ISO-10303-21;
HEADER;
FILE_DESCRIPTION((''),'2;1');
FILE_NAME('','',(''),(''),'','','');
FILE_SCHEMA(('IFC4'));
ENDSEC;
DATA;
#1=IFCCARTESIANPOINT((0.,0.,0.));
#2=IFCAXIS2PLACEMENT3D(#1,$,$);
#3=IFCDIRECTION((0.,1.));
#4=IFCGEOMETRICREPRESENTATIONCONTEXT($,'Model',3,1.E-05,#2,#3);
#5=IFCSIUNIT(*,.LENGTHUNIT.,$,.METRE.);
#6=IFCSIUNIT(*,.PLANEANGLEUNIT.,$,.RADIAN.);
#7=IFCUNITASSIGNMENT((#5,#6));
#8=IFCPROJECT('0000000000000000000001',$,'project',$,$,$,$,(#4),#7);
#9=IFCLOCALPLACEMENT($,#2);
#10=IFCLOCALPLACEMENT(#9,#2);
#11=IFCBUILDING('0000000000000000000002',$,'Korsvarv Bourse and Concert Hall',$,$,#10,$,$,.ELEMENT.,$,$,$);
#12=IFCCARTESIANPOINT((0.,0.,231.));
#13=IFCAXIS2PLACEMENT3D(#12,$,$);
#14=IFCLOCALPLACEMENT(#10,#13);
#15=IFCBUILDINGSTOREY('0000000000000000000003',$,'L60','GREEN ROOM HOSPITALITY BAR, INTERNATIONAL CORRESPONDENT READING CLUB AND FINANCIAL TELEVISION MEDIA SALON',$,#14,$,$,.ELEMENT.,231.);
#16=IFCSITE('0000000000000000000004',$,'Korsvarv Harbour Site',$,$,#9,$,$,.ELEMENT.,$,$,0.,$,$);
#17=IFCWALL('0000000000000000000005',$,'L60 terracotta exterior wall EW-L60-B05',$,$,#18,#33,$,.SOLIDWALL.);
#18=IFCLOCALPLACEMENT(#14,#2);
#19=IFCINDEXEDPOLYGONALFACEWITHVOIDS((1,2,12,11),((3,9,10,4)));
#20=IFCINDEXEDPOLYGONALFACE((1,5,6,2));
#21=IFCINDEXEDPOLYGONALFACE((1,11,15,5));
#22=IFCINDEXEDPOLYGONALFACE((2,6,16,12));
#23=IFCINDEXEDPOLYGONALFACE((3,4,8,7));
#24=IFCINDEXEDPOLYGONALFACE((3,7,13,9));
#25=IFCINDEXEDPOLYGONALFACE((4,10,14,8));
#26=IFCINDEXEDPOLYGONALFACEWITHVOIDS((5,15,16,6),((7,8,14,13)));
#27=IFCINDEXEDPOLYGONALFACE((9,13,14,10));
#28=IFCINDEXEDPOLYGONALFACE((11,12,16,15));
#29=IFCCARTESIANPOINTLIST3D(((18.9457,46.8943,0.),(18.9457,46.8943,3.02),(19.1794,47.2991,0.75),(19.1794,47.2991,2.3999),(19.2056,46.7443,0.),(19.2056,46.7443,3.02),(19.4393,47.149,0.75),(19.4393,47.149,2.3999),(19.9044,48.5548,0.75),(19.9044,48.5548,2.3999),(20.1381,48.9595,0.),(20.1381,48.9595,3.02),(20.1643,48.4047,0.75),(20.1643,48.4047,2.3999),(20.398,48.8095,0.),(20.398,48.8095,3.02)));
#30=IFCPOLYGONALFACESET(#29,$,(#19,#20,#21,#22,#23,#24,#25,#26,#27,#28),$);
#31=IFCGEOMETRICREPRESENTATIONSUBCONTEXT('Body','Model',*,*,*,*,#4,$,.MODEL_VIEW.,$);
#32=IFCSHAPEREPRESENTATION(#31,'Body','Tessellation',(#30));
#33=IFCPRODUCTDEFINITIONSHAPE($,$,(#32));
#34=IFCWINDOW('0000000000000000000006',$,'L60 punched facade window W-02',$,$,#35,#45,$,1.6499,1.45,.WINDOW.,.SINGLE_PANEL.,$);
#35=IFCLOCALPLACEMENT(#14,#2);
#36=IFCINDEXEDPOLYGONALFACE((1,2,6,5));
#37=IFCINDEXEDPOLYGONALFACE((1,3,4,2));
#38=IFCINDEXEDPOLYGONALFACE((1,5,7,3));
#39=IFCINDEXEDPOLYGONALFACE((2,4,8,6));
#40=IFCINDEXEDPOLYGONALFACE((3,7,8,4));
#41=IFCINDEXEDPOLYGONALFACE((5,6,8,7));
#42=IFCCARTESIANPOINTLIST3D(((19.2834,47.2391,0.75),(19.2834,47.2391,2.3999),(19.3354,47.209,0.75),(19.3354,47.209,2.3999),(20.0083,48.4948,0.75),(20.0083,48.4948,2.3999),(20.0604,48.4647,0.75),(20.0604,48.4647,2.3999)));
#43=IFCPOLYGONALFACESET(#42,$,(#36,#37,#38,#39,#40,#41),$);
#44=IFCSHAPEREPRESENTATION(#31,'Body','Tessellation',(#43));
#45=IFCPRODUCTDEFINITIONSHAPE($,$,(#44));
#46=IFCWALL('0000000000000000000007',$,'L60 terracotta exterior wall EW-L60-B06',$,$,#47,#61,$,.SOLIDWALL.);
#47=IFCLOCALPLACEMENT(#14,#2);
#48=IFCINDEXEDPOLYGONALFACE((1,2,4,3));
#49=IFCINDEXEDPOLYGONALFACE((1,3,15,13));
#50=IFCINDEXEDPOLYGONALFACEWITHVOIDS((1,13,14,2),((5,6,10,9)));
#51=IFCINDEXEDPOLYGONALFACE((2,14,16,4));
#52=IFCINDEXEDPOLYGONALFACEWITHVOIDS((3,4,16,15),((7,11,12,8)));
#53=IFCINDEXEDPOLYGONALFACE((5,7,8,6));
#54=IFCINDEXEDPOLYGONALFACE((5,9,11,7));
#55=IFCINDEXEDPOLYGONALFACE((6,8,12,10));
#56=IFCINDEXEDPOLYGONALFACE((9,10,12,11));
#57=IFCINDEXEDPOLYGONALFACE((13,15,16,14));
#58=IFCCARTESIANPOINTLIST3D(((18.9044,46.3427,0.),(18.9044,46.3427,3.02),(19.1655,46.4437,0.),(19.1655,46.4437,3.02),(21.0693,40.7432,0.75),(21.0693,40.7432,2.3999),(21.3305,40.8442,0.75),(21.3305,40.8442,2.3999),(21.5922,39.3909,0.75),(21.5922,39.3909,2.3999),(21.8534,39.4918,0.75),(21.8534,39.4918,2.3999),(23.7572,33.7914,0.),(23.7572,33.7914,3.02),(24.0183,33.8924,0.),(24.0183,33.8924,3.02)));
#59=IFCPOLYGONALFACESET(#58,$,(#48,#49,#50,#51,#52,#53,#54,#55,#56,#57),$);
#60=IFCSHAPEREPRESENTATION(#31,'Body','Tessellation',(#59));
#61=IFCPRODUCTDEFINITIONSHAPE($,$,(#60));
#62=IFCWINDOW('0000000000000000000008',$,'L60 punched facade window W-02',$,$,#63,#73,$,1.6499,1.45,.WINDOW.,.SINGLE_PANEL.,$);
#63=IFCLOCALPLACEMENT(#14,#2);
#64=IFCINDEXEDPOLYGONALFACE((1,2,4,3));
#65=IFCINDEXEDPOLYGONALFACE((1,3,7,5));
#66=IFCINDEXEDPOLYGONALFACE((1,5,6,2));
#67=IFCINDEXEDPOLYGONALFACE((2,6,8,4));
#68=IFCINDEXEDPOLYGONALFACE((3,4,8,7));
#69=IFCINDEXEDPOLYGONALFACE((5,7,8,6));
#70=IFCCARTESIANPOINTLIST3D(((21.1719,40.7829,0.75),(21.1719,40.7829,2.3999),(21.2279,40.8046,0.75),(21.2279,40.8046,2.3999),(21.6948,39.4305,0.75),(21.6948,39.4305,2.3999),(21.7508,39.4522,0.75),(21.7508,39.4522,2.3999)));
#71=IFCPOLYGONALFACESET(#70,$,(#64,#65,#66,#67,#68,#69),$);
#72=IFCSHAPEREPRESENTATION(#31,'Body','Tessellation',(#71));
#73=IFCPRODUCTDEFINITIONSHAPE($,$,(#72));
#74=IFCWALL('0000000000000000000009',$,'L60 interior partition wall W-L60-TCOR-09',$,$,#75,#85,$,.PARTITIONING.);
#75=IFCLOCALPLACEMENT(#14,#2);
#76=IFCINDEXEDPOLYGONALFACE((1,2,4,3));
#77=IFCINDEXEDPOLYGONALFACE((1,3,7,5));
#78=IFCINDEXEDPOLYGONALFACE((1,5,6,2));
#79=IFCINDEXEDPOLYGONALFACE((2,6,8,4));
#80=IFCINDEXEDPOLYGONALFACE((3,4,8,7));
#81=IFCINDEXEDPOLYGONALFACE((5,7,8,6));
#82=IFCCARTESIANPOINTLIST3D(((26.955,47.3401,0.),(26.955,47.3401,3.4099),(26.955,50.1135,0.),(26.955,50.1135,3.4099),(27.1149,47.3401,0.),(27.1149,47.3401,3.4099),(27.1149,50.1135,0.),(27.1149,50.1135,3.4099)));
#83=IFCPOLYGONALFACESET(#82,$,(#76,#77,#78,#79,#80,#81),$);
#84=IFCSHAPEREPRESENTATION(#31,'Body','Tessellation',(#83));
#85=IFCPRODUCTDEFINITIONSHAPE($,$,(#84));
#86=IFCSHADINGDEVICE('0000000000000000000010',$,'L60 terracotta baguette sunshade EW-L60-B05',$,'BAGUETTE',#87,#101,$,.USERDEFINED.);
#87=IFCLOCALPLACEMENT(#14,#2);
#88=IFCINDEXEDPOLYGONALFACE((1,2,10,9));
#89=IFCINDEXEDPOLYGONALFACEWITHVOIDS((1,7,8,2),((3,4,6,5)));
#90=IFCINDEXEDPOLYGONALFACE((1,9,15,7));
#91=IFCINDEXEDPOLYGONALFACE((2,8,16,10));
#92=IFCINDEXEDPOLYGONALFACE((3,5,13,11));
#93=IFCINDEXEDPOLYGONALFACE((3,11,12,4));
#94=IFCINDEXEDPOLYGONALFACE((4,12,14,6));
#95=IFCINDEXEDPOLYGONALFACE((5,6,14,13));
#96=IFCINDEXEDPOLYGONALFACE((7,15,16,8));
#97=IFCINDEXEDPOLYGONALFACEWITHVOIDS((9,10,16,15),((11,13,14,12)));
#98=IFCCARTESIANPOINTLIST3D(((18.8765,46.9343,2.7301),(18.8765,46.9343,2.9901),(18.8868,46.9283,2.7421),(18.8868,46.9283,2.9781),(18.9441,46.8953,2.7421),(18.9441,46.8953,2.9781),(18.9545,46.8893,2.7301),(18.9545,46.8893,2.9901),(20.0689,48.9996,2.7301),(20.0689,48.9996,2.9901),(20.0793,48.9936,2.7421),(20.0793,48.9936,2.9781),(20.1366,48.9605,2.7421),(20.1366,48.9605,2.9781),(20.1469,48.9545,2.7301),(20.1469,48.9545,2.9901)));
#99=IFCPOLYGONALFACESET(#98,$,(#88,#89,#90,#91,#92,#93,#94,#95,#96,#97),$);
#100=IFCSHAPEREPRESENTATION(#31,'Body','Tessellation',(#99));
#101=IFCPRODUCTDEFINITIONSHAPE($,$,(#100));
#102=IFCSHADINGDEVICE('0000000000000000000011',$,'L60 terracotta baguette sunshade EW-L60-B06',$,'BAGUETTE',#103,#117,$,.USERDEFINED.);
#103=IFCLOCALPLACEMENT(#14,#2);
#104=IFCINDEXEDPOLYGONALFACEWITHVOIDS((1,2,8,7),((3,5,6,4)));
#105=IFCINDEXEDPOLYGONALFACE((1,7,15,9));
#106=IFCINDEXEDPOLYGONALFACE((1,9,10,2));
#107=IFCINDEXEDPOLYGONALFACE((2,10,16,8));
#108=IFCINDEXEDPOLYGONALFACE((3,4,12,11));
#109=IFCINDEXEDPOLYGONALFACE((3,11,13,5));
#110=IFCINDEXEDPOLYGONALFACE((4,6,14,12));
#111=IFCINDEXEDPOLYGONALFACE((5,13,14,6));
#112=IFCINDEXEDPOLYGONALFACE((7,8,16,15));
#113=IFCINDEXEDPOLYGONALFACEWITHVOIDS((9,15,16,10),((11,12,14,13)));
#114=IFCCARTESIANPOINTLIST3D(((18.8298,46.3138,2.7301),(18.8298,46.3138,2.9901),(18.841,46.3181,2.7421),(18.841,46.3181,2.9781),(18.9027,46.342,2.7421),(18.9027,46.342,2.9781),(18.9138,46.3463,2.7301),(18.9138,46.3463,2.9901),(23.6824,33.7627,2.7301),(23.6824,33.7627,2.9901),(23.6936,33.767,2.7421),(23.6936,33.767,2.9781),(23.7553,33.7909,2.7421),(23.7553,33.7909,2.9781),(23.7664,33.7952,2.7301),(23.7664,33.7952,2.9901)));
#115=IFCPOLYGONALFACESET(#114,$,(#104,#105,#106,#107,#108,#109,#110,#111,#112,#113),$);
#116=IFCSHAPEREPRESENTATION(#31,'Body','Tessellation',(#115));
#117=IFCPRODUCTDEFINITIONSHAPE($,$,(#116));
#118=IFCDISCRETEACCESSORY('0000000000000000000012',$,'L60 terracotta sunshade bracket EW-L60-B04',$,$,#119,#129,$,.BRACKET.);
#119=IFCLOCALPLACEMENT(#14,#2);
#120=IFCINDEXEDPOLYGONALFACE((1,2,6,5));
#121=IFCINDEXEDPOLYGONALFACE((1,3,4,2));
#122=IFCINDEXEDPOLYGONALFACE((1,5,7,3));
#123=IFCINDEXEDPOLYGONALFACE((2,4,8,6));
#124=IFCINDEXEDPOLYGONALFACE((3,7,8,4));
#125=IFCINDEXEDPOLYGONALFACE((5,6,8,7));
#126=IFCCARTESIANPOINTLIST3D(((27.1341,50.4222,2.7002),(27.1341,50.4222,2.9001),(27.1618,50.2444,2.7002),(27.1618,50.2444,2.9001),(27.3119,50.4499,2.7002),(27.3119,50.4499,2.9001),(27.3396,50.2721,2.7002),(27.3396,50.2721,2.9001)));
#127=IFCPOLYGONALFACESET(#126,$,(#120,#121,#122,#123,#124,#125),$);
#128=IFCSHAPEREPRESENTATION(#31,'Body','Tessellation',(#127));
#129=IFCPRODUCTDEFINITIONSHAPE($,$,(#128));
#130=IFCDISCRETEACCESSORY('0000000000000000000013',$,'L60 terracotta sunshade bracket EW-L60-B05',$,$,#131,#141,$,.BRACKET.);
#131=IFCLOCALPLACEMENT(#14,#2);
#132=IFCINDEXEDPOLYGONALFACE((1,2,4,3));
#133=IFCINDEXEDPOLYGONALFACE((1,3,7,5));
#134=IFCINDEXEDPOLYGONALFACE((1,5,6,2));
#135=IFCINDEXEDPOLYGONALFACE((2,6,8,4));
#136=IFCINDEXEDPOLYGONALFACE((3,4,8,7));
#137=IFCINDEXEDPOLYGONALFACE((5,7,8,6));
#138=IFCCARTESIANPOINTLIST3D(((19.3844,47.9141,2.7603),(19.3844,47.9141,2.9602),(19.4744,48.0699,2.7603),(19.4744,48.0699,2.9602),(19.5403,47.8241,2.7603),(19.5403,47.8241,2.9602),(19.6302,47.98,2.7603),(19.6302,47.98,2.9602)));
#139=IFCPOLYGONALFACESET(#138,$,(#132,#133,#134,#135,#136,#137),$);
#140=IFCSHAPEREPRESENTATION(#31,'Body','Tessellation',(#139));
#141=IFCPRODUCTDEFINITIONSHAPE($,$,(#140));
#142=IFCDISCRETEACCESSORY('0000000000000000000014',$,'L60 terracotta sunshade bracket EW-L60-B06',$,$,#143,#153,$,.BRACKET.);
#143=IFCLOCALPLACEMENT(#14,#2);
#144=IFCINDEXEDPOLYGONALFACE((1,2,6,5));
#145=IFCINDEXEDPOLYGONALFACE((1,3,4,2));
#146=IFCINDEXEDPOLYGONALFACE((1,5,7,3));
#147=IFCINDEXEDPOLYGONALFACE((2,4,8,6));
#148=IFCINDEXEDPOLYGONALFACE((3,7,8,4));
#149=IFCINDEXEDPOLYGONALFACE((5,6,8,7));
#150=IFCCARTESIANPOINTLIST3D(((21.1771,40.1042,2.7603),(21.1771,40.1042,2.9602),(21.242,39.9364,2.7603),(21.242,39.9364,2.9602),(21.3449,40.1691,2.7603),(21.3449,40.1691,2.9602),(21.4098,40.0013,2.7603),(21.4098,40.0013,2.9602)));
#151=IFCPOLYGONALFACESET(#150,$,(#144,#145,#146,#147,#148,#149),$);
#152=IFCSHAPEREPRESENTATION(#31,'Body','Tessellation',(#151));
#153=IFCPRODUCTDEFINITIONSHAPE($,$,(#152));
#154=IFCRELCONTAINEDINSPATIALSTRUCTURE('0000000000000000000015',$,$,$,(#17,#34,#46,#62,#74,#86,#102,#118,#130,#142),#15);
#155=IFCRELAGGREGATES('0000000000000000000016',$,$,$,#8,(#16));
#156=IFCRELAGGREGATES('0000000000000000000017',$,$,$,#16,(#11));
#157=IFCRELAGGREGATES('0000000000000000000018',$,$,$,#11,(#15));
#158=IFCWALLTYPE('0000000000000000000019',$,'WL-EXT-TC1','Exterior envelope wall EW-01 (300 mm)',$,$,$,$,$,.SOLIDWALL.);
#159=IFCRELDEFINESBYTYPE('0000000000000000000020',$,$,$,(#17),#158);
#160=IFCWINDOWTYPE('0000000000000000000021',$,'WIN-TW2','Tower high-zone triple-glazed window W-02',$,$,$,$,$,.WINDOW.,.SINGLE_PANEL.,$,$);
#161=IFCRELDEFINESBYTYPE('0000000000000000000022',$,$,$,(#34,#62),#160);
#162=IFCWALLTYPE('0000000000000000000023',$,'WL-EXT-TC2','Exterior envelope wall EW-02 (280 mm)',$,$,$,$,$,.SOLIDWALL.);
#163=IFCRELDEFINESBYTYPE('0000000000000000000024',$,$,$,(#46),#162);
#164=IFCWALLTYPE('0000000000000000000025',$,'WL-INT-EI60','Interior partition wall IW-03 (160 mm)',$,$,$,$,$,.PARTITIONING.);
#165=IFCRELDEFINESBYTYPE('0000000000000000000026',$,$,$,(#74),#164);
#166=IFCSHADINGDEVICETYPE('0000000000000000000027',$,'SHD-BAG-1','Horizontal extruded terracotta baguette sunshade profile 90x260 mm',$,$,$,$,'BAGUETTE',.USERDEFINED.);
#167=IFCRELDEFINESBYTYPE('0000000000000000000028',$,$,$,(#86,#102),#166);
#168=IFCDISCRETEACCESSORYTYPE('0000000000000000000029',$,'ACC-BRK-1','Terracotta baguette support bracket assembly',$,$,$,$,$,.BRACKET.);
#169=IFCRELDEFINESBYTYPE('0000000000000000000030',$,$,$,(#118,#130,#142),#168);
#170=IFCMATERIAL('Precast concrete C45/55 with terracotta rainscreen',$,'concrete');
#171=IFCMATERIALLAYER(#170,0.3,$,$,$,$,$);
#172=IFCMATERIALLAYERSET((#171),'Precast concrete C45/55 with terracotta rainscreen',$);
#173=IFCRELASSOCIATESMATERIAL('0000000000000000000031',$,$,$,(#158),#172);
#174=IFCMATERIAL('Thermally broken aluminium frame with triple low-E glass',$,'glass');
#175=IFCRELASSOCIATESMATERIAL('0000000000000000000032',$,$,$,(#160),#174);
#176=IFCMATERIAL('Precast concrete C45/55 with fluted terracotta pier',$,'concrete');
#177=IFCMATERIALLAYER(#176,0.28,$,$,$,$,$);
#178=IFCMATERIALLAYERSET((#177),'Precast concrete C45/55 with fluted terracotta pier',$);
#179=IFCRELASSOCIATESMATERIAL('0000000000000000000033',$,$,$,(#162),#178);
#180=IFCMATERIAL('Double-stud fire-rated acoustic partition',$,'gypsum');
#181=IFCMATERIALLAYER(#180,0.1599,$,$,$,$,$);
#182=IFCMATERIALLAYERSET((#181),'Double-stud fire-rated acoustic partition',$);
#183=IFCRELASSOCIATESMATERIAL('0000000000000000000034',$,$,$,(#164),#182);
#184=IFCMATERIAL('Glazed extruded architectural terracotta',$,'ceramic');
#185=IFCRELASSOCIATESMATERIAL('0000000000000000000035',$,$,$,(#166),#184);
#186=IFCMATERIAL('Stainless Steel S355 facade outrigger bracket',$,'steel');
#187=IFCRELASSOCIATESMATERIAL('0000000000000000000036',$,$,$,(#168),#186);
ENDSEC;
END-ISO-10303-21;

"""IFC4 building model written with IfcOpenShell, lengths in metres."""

from ifc_helpers import new_model, si_unit, direction, frame, frame_2d, origin, origin_2d, place, context, subcontext, project, spatial, rectangle, hollow_rectangle, extrude, source, transform, mapped, material, layer, layer_set, material_profile, profile_set, type_object, element, fill, save


model = new_model("IFC4")

# Units and contexts
model_context = context("Model", 3, precision=1e-05, world=origin(), true_north=direction((0.0, 1.0)))
body_context = subcontext(model_context, "Body", "Model", "MODEL_VIEW")
ifc_project = project(units=[si_unit("LENGTHUNIT", "METRE"), si_unit("PLANEANGLEUNIT", "RADIAN")], contexts=[model_context])

# Site, building, storey
site_placement = place(None, origin())
site = spatial("IfcSite", under=ifc_project, at=site_placement, Name="Korsvarv Harbour Site", CompositionType="ELEMENT", RefElevation=0.0)
building_placement = place(site_placement, origin())
building = spatial("IfcBuilding", under=site, at=building_placement, Name="Korsvarv Bourse and Concert Hall", CompositionType="ELEMENT")
storey_placement = place(building_placement, frame((0.0, 0.0, 231.0)))
storey = spatial("IfcBuildingStorey", under=building, at=storey_placement, Name="L60", Description="GREEN ROOM HOSPITALITY BAR, INTERNATIONAL CORRESPONDENT READING CLUB AND FINANCIAL TELEVISION MEDIA SALON", CompositionType="ELEMENT", Elevation=231.0)

# Walls, openings, windows
ifc_material_1 = material(Name="Precast concrete C45/55 with terracotta rainscreen", Category="concrete")
ifc_layer_1 = layer(ifc_material_1, 0.3)
ifc_layer_set_1 = layer_set([ifc_layer_1], Name="Precast concrete C45/55 with terracotta rainscreen")
wall_type_1 = type_object("IfcWallType", Name="WL-EXT-TC1", Description="Exterior envelope wall EW-01 (300 mm)", PredefinedType="SOLIDWALL", material=ifc_layer_set_1)
wall_1_placement = place(storey_placement, frame((20.2681, 48.8845, 0.0), z_axis=(0.0, 0.0, 1.0), x_axis=(-0.500015, -0.866017, 0.0)))
wall_1 = element("IfcWall", 1, at=wall_1_placement, inside=storey, type_object=wall_type_1, Name="L60 terracotta exterior wall EW-L60-B05", PredefinedType="SOLIDWALL", context=body_context, shape_type="SweptSolid", body=[
    extrude(rectangle(XDim=2.3848, YDim=0.3, at=frame_2d((1.1924, 0.0))), origin(), (0.0, 0.0, 1.0), 3.02),
])
opening_1_placement = place(wall_1_placement, frame((0.4673, 0.0, 0.75)))
opening_1 = element("IfcOpeningElement", 2, at=opening_1_placement, cuts=wall_1, PredefinedType="OPENING", context=body_context, shape_type="SweptSolid", body=[
    extrude(rectangle(XDim=1.45, YDim=1.6499, at=frame_2d((0.7251, 0.825))), frame((0.0, 0.1602, 0.0), z_axis=(0.0, -1.0, 0.0), x_axis=(1.0, 0.0, 0.0)), (0.0, 0.0, 1.0), 0.3201),
])
ifc_material_2 = material(Name="Thermally broken aluminium frame with triple low-E glass", Category="glass")
window_type = type_object("IfcWindowType", Name="WIN-TW2", Description="Tower high-zone triple-glazed window W-02", PartitioningType="SINGLE_PANEL", PredefinedType="WINDOW", material=ifc_material_2)
window_1_placement = place(opening_1_placement, origin())
window_1 = element("IfcWindow", 3, at=window_1_placement, inside=storey, type_object=window_type, Name="L60 punched facade window W-02", OverallHeight=1.6499, OverallWidth=1.45, PartitioningType="SINGLE_PANEL", PredefinedType="WINDOW", context=body_context, shape_type="SweptSolid", body=[
    extrude(rectangle(XDim=1.45, YDim=1.6499, at=frame_2d((0.7251, 0.825))), frame((0.0, 0.03, 0.0), z_axis=(0.0, -1.0, 0.0), x_axis=(1.0, 0.0, 0.0)), (0.0, 0.0, 1.0), 0.0601),
])
fill(opening_1, window_1)
ifc_material_3 = material(Name="Precast concrete C45/55 with fluted terracotta pier", Category="concrete")
ifc_layer_2 = layer(ifc_material_3, 0.28)
ifc_layer_set_2 = layer_set([ifc_layer_2], Name="Precast concrete C45/55 with fluted terracotta pier")
wall_type_2 = type_object("IfcWallType", Name="WL-EXT-TC2", Description="Exterior envelope wall EW-02 (280 mm)", PredefinedType="SOLIDWALL", material=ifc_layer_set_2)
wall_2_placement = place(storey_placement, frame((19.0349, 46.3933, 0.0), z_axis=(0.0, 0.0, 1.0), x_axis=(0.360621, -0.932712, 0.0)))
wall_2 = element("IfcWall", 4, at=wall_2_placement, inside=storey, type_object=wall_type_2, Name="L60 terracotta exterior wall EW-L60-B06", PredefinedType="SOLIDWALL", context=body_context, shape_type="SweptSolid", body=[
    extrude(rectangle(XDim=13.4568, YDim=0.28, at=frame_2d((6.7285, 0.0))), origin(), (0.0, 0.0, 1.0), 3.02),
])
opening_2_placement = place(wall_2_placement, frame((6.0034, 0.0, 0.75)))
opening_2 = element("IfcOpeningElement", 5, at=opening_2_placement, cuts=wall_2, PredefinedType="OPENING", context=body_context, shape_type="SweptSolid", body=[
    extrude(rectangle(XDim=1.45, YDim=1.6499, at=frame_2d((0.7251, 0.825))), frame((0.0, 0.1499, 0.0), z_axis=(0.0, -1.0, 0.0), x_axis=(1.0, 0.0, 0.0)), (0.0, 0.0, 1.0), 0.3),
])
window_2_placement = place(opening_2_placement, origin())
window_2 = element("IfcWindow", 6, at=window_2_placement, inside=storey, type_object=window_type, Name="L60 punched facade window W-02", OverallHeight=1.6499, OverallWidth=1.45, PartitioningType="SINGLE_PANEL", PredefinedType="WINDOW", context=body_context, shape_type="SweptSolid", body=[
    extrude(rectangle(XDim=1.45, YDim=1.6499, at=frame_2d((0.7251, 0.825))), frame((0.0, 0.03, 0.0), z_axis=(0.0, -1.0, 0.0), x_axis=(1.0, 0.0, 0.0)), (0.0, 0.0, 1.0), 0.0601),
])
fill(opening_2, window_2)

# Wall
ifc_material_4 = material(Name="Double-stud fire-rated acoustic partition", Category="gypsum")
ifc_layer_3 = layer(ifc_material_4, 0.1599)
ifc_layer_set_3 = layer_set([ifc_layer_3], Name="Double-stud fire-rated acoustic partition")
wall_type_3 = type_object("IfcWallType", Name="WL-INT-EI60", Description="Interior partition wall IW-03 (160 mm)", PredefinedType="PARTITIONING", material=ifc_layer_set_3)
wall_3_placement = place(storey_placement, frame((27.0349, 47.3401, 0.0), z_axis=(0.0, 0.0, 1.0), x_axis=(0.0, 1.0, 0.0)))
element("IfcWall", 7, at=wall_3_placement, inside=storey, type_object=wall_type_3, Name="L60 interior partition wall W-L60-TCOR-09", PredefinedType="PARTITIONING", context=body_context, shape_type="SweptSolid", body=[
    extrude(rectangle(XDim=2.7734, YDim=0.1599, at=frame_2d((1.3867, 0.0))), origin(), (0.0, 0.0, 1.0), 3.4099),
])

# Shading devices
ifc_material_5 = material(Name="Glazed extruded architectural terracotta", Category="ceramic")
ifc_material_profile_1 = material_profile(ifc_material_5, hollow_rectangle(XDim=0.0901, YDim=0.26, WallThickness=0.012, at=origin_2d()), Name="TC-BAG 90x260")
ifc_profile_set_1 = profile_set([ifc_material_profile_1], Name="Glazed extruded architectural terracotta")
shading_device_type = type_object("IfcShadingDeviceType", Name="SHD-BAG-1", Description="Horizontal extruded terracotta baguette sunshade profile 90x260 mm", ElementType="BAGUETTE", PredefinedType="USERDEFINED", material=ifc_profile_set_1)
shared_shape_1 = source(origin(), body_context, "Body", "SweptSolid", [
    extrude(hollow_rectangle(XDim=0.0901, YDim=0.26, WallThickness=0.012, at=origin_2d()), origin(), (0.0, 0.0, 1.0), 2.3848),
])
shading_device_1_placement = place(storey_placement, frame((20.1079, 48.9771, 2.8601), z_axis=(-0.500015, -0.866017, 0.0), x_axis=(0.866017, -0.500015, 0.0)))
element("IfcShadingDevice", 8, at=shading_device_1_placement, inside=storey, type_object=shading_device_type, Name="L60 terracotta baguette sunshade EW-L60-B05", ObjectType="BAGUETTE", PredefinedType="USERDEFINED", context=body_context, shape_type="MappedRepresentation", body=[
    mapped(shared_shape_1, transform((0.0, 0.0, 0.0), scale=1.0)),
])
shared_shape_2 = source(origin(), body_context, "Body", "SweptSolid", [
    extrude(hollow_rectangle(XDim=0.0901, YDim=0.26, WallThickness=0.012, at=origin_2d()), origin(), (0.0, 0.0, 1.0), 13.4565),
])
shading_device_2_placement = place(storey_placement, frame((18.8718, 46.3301, 2.8601), z_axis=(0.360611, -0.932716, 0.0), x_axis=(0.932716, 0.360611, 0.0)))
element("IfcShadingDevice", 9, at=shading_device_2_placement, inside=storey, type_object=shading_device_type, Name="L60 terracotta baguette sunshade EW-L60-B06", ObjectType="BAGUETTE", PredefinedType="USERDEFINED", context=body_context, shape_type="MappedRepresentation", body=[
    mapped(shared_shape_2, transform((0.0, 0.0, 0.0), scale=1.0)),
])

# Discrete accessories
ifc_material_6 = material(Name="Stainless Steel S355 facade outrigger bracket", Category="steel")
discrete_accessory_type = type_object("IfcDiscreteAccessoryType", Name="ACC-BRK-1", Description="Terracotta baguette support bracket assembly", PredefinedType="BRACKET", material=ifc_material_6)
shared_shape_3 = source(origin(), body_context, "Body", "SweptSolid", [
    extrude(rectangle(XDim=0.1799, YDim=0.1799, at=origin_2d()), origin(), (0.0, 0.0, 1.0), 0.2),
])
for number, where, z_axis, x_axis, name in (
    (10, (27.2368, 50.3472, 2.7002), (0.0, 0.0, 1.0), (-0.988068, -0.154021, 0.0), "L60 terracotta sunshade bracket EW-L60-B04"),
    (11, (19.5073, 47.947, 2.7603), (0.0, 0.0, 1.0), (-0.5, -0.866025, 0.0), "L60 terracotta sunshade bracket EW-L60-B05"),
    (12, (21.2935, 40.0527, 2.7603), (0.0, 0.0, 1.0), (0.360648, -0.932702, 0.0), "L60 terracotta sunshade bracket EW-L60-B06"),
):
    element("IfcDiscreteAccessory", number, at=place(storey_placement, frame(where, z_axis=z_axis, x_axis=x_axis)), inside=storey, type_object=discrete_accessory_type, Name=name, PredefinedType="BRACKET", context=body_context, shape_type="MappedRepresentation", body=[
        mapped(shared_shape_3, transform((0.0, 0.0, 0.0), scale=1.0)),
    ])

save(model, "model.ifc")
